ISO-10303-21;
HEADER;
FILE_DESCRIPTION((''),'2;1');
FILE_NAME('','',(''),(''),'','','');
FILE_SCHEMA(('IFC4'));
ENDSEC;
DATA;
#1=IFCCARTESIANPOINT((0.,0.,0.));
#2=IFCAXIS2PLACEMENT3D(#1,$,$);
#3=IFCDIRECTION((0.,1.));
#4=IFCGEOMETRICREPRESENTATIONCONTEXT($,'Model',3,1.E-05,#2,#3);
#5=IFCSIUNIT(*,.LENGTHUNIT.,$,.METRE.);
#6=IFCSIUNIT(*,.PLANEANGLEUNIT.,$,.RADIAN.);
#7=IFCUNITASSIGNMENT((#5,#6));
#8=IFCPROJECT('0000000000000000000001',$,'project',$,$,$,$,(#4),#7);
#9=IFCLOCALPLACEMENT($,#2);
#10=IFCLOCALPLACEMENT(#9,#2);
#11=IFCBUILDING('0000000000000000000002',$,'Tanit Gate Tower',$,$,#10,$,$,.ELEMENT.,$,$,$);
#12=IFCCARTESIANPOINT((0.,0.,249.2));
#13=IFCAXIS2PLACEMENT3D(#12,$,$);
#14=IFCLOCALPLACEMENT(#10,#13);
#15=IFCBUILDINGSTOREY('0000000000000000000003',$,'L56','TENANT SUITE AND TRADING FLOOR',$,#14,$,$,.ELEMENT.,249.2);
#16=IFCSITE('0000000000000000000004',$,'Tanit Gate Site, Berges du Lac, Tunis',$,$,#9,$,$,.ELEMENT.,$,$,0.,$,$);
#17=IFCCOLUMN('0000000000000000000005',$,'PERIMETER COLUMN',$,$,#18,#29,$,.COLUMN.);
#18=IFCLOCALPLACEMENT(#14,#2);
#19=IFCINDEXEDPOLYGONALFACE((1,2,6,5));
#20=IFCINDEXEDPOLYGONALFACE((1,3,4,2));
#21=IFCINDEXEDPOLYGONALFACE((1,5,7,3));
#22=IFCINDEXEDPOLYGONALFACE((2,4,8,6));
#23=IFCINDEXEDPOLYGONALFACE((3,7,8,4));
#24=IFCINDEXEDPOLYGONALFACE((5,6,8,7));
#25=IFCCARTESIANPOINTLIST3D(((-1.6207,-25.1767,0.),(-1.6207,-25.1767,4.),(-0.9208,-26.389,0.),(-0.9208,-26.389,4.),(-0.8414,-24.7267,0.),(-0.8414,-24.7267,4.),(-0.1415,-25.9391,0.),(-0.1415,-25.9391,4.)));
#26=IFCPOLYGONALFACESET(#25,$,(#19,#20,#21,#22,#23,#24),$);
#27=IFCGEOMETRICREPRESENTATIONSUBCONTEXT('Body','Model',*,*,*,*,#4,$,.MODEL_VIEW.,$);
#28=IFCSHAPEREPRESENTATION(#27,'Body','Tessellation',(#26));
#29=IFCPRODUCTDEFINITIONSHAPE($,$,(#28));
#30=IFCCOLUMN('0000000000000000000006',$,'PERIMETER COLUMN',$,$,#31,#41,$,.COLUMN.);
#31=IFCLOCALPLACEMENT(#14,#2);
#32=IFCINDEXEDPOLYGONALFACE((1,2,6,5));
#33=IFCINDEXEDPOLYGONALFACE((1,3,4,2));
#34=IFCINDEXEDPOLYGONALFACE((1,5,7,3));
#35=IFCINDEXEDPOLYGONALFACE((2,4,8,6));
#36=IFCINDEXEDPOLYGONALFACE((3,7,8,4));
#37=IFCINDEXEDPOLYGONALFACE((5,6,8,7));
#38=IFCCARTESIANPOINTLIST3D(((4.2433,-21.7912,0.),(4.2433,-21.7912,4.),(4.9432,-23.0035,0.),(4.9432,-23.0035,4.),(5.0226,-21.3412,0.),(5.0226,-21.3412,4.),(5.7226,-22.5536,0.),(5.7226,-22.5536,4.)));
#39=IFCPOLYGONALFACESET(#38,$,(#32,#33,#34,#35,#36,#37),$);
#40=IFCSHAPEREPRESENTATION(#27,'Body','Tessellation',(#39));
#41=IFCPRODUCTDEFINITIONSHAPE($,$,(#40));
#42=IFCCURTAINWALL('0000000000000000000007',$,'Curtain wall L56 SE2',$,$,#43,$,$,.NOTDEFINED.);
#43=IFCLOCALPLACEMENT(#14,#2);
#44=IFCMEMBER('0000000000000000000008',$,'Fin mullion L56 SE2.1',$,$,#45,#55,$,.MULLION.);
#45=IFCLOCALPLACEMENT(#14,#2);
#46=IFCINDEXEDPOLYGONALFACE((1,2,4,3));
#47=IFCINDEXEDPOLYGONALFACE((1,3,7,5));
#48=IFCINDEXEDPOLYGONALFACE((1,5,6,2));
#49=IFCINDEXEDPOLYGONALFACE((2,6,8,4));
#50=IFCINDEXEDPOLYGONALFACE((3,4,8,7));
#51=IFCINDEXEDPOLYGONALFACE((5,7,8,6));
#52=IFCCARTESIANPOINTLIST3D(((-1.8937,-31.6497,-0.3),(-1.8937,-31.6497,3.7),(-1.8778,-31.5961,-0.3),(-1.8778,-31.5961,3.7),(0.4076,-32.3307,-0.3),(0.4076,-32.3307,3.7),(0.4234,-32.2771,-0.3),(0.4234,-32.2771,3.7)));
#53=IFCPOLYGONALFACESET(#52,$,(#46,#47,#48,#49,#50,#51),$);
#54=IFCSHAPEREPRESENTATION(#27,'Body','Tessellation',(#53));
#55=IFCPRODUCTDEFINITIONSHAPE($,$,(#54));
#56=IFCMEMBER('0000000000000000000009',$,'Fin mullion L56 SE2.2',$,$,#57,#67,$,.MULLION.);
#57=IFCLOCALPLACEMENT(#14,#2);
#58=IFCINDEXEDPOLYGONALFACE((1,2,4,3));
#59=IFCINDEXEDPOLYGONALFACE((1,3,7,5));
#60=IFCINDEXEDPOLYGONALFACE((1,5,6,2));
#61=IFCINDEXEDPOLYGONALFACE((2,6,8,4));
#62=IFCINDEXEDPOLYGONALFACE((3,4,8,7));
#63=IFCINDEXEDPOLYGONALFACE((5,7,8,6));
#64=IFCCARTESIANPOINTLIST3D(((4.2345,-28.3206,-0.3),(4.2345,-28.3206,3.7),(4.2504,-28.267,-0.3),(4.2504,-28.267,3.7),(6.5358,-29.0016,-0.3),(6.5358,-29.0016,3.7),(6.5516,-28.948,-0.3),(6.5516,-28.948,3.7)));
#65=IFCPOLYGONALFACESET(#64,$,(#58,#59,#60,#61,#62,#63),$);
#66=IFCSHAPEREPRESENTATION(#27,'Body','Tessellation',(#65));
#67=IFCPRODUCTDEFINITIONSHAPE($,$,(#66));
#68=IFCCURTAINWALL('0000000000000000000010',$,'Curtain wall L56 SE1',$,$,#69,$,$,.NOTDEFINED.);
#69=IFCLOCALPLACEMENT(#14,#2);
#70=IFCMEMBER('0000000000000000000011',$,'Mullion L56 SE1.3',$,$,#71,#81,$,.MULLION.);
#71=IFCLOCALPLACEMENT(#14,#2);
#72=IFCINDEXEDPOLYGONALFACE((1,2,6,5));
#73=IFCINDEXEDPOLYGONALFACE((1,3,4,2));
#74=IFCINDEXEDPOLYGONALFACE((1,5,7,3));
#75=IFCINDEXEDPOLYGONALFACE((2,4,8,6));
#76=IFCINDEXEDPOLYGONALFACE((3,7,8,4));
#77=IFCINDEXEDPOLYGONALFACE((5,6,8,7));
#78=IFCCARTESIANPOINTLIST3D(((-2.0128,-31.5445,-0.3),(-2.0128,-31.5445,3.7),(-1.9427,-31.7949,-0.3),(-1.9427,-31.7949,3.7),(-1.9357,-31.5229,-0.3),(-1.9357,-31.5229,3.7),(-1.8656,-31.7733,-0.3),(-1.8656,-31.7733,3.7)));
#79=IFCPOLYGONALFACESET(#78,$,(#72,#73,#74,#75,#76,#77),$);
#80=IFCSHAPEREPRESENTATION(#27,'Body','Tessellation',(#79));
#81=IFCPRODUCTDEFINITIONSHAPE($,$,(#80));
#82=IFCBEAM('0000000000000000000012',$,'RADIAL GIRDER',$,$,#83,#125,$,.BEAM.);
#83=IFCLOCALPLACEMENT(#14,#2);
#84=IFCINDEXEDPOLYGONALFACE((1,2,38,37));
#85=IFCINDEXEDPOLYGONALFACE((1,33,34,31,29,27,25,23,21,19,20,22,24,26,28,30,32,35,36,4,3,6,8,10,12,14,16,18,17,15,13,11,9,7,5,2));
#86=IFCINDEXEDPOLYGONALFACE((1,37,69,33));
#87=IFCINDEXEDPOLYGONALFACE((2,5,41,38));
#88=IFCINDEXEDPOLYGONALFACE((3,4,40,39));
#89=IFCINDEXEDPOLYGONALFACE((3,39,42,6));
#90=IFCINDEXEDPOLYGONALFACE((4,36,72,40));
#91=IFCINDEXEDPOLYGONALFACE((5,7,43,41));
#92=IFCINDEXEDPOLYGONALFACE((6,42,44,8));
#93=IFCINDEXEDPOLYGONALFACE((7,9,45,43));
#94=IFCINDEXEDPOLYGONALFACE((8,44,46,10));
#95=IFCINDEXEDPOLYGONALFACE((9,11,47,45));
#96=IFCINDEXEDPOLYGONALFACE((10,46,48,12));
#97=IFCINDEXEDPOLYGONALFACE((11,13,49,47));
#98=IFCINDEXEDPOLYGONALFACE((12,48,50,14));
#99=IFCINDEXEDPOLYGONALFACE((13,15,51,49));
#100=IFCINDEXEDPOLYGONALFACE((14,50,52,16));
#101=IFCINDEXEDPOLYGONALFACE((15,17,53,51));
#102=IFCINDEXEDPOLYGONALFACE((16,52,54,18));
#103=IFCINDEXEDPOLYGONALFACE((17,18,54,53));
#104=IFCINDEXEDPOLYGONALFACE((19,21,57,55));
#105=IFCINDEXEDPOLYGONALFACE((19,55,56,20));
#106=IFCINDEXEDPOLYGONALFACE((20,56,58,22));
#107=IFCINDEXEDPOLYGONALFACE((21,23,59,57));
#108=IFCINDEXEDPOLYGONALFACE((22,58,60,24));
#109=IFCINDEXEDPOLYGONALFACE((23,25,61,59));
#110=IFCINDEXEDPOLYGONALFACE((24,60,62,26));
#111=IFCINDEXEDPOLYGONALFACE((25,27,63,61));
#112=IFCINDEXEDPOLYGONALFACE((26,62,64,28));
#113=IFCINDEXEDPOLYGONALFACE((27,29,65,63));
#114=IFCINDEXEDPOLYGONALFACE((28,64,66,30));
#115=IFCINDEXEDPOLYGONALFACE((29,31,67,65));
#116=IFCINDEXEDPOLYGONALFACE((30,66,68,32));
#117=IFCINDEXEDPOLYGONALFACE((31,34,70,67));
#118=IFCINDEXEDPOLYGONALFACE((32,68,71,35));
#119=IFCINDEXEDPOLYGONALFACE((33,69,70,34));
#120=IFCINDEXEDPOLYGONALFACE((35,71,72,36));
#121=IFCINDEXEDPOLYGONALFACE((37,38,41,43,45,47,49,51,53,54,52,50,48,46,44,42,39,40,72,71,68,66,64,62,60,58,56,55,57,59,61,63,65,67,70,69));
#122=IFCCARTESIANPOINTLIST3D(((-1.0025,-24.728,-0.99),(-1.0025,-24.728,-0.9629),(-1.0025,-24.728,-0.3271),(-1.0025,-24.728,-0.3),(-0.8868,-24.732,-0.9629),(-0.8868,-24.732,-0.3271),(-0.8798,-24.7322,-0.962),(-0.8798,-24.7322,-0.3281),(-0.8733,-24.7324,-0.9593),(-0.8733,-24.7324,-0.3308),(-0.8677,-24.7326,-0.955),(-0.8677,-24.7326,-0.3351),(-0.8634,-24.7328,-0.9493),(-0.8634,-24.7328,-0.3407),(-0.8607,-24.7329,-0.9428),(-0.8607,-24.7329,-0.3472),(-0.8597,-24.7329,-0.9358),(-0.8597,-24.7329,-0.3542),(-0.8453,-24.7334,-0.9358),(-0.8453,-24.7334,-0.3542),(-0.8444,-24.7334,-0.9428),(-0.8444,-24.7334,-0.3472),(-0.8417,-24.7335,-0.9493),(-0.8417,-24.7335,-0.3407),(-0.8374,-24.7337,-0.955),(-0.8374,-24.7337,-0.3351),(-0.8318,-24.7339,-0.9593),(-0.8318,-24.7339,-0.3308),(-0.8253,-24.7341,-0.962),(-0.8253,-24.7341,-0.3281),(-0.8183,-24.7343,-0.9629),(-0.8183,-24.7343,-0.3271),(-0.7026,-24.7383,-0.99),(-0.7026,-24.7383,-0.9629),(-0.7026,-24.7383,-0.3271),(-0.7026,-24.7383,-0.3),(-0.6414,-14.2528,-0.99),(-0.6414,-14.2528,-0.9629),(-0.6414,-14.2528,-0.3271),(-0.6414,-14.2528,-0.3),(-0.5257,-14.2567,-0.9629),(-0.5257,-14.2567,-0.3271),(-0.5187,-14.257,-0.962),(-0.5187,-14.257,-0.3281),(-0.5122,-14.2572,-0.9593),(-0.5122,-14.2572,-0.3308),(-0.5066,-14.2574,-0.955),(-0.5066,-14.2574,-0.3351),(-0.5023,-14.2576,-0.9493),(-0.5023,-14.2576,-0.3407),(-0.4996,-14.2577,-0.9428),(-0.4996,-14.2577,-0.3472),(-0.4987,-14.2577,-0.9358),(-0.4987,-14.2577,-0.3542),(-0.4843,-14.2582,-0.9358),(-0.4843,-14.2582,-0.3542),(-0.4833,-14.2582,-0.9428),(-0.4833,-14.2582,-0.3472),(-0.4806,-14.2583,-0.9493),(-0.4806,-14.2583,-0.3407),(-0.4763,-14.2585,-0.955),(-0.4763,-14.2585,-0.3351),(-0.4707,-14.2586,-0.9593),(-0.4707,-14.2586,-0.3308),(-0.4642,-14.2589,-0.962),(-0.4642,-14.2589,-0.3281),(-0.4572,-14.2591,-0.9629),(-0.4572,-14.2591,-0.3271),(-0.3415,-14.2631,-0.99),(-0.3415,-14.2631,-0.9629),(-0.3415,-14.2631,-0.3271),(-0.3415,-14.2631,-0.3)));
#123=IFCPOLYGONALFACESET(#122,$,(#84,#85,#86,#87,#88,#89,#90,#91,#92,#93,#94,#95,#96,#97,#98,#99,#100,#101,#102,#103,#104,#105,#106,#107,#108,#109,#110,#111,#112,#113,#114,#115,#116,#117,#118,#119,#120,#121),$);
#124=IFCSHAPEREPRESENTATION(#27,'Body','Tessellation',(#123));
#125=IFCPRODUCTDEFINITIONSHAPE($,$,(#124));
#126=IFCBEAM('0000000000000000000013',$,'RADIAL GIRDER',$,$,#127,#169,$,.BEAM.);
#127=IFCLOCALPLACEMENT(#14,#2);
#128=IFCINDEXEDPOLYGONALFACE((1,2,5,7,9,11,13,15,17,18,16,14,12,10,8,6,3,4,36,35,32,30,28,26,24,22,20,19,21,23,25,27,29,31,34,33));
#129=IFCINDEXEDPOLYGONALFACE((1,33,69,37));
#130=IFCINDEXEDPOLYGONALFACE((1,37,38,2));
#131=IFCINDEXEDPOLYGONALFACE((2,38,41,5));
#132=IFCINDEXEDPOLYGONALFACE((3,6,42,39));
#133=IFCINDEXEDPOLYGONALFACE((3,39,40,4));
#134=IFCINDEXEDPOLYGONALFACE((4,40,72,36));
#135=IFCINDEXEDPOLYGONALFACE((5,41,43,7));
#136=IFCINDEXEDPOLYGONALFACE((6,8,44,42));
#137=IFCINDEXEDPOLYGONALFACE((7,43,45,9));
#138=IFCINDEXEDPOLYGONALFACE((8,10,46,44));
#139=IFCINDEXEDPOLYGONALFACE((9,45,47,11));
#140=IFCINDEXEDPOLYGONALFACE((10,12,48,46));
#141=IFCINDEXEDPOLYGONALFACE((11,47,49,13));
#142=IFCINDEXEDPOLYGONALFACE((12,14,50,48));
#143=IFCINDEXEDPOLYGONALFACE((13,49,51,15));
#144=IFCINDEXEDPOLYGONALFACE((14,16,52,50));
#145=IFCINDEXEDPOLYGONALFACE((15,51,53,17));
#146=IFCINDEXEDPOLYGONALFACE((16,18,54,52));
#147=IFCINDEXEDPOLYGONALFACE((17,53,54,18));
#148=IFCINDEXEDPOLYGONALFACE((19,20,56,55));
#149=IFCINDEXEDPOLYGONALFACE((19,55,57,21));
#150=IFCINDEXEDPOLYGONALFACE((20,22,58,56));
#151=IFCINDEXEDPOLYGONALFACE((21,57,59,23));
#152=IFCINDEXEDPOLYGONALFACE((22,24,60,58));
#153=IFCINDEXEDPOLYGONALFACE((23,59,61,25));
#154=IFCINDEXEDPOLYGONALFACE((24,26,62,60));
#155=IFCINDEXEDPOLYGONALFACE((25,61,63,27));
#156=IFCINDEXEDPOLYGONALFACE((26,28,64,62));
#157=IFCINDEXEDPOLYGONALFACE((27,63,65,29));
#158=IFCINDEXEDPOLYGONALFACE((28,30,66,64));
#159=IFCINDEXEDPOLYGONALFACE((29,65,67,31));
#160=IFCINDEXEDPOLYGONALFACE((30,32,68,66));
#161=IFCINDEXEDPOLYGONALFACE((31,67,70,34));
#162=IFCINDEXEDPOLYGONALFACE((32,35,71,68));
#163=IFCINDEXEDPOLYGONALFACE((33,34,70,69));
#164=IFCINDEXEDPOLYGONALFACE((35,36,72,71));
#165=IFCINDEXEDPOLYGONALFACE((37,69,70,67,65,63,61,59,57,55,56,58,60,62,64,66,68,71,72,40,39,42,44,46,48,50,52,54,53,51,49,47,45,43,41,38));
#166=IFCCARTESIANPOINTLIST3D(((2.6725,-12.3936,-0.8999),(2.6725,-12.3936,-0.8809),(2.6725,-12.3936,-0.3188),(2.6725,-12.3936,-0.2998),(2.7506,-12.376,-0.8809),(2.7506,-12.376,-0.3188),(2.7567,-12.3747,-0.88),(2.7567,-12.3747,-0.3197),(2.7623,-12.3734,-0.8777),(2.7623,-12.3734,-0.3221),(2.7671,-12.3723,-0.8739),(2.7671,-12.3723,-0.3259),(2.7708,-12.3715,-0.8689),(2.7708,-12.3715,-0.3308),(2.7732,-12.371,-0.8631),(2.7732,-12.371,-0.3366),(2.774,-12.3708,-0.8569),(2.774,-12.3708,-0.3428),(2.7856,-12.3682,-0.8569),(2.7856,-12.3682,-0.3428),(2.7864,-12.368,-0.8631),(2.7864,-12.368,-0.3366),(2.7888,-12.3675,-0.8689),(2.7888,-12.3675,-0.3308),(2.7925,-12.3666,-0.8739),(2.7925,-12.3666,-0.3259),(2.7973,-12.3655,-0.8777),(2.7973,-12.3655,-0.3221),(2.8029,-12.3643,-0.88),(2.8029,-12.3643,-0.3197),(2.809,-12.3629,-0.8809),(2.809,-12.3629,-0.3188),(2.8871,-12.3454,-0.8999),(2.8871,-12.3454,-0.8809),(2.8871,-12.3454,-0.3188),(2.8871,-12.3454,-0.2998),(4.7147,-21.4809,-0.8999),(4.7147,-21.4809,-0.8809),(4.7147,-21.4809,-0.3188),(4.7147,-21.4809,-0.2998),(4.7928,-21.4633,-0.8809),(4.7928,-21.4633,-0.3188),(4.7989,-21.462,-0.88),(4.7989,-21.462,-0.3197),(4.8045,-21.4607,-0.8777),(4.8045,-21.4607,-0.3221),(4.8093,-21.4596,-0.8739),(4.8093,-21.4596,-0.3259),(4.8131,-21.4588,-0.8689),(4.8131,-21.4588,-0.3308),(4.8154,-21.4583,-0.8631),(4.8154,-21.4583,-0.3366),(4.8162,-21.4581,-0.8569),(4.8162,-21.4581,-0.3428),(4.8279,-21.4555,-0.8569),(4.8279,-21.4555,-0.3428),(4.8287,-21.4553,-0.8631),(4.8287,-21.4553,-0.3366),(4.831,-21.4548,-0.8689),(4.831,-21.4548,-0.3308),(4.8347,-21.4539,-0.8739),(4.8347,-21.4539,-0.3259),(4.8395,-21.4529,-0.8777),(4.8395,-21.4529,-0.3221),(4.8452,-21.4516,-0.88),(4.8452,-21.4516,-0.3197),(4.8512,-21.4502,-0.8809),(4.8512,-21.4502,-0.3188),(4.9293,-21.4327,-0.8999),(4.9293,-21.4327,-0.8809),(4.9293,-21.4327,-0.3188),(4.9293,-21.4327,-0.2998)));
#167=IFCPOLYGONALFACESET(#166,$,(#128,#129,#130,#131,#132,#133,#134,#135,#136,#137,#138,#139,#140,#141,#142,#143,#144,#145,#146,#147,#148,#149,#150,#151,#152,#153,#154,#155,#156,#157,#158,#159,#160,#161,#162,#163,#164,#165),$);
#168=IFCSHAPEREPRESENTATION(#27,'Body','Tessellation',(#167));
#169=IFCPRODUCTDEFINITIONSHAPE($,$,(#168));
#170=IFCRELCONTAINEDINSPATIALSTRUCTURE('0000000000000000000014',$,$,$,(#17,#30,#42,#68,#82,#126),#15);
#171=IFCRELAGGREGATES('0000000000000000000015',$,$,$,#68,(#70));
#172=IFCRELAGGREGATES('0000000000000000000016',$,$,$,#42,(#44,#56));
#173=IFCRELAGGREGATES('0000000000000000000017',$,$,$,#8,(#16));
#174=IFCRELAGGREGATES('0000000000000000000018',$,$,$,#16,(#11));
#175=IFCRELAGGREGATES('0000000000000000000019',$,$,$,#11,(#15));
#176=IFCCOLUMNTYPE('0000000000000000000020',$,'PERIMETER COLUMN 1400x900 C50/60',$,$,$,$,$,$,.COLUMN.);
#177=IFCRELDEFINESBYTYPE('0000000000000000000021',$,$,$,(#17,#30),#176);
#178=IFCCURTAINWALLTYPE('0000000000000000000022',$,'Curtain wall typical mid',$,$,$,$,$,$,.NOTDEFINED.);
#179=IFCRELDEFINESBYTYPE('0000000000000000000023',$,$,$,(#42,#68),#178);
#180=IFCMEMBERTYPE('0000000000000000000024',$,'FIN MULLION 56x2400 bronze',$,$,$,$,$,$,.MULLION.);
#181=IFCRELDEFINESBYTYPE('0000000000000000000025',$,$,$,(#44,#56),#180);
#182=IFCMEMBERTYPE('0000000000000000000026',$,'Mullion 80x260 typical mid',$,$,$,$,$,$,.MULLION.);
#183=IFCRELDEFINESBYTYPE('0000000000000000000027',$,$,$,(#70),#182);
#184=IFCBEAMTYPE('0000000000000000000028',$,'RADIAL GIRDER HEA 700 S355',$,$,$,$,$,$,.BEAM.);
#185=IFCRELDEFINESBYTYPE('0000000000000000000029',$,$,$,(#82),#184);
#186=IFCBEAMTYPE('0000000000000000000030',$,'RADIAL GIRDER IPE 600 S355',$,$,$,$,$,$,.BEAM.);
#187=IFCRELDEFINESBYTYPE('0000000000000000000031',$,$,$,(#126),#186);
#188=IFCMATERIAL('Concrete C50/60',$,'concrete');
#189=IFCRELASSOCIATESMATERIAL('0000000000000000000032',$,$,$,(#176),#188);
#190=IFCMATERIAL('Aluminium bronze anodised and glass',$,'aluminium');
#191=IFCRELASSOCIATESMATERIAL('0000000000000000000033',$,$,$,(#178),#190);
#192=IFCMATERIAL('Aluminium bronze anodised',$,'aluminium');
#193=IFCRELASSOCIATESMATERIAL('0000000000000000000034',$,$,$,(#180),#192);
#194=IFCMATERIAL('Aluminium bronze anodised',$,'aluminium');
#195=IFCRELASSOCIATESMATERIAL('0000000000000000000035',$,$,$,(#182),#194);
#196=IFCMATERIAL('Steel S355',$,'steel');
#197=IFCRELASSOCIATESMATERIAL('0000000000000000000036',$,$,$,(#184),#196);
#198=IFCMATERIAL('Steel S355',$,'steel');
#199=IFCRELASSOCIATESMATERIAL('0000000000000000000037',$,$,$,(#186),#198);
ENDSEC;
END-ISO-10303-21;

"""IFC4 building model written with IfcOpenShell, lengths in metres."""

from ifc_helpers import new_model, si_unit, direction, frame, origin, origin_2d, place, context, subcontext, project, spatial, rectangle, i_section, extrude, material, material_profile, profile_set, type_object, element, aggregate, save


model = new_model("IFC4")

# Units and contexts
model_context = context("Model", 3, precision=1e-05, world=origin(), true_north=direction((0.0, 1.0)))
body_context = subcontext(model_context, "Body", "Model", "MODEL_VIEW")
ifc_project = project(units=[si_unit("LENGTHUNIT", "METRE"), si_unit("PLANEANGLEUNIT", "RADIAN")], contexts=[model_context])

# Site, building, storey
site_placement = place(None, origin())
site = spatial("IfcSite", under=ifc_project, at=site_placement, Name="Tanit Gate Site, Berges du Lac, Tunis", CompositionType="ELEMENT", RefElevation=0.0)
building_placement = place(site_placement, origin())
building = spatial("IfcBuilding", under=site, at=building_placement, Name="Tanit Gate Tower", CompositionType="ELEMENT")
storey_placement = place(building_placement, frame((0.0, 0.0, 249.2)))
storey = spatial("IfcBuildingStorey", under=building, at=storey_placement, Name="L56", Description="TENANT SUITE AND TRADING FLOOR", CompositionType="ELEMENT", Elevation=249.2)

# Columns
ifc_material_1 = material(Name="Concrete C50/60", Category="concrete")
ifc_material_profile_1 = material_profile(ifc_material_1, rectangle(XDim=1.3999, YDim=0.8999, at=origin_2d()), Name="RC 1400x900")
ifc_profile_set_1 = profile_set([ifc_material_profile_1], Name="Concrete C50/60")
column_type = type_object("IfcColumnType", Name="PERIMETER COLUMN 1400x900 C50/60", PredefinedType="COLUMN", material=ifc_profile_set_1)
for number, where, z_axis, x_axis, name in (
    (1, (-0.8811, -25.5579, 0.0), (0.0, 0.0, 1.0), (0.5, -0.866025, 0.0), "PERIMETER COLUMN"),
    (2, (4.9829, -22.1724, 0.0), (0.0, 0.0, 1.0), (0.5, -0.866025, 0.0), "PERIMETER COLUMN"),
):
    element("IfcColumn", number, at=place(storey_placement, frame(where, z_axis=z_axis, x_axis=x_axis)), inside=storey, type_object=column_type, Name=name, PredefinedType="COLUMN", context=body_context, shape_type="SweptSolid", body=[
        extrude(rectangle(XDim=1.3999, YDim=0.8999, at=origin_2d()), origin(), (0.0, 0.0, 1.0), 4.0),
    ])

# Curtain wall, members
ifc_material_2 = material(Name="Aluminium bronze anodised and glass", Category="aluminium")
curtain_wall_type = type_object("IfcCurtainWallType", Name="Curtain wall typical mid", PredefinedType="NOTDEFINED", material=ifc_material_2)
curtain_wall_1_placement = place(storey_placement, origin())
curtain_wall_1 = element("IfcCurtainWall", 3, at=curtain_wall_1_placement, inside=storey, type_object=curtain_wall_type, Name="Curtain wall L56 SE2", PredefinedType="NOTDEFINED")
ifc_material_3 = material(Name="Aluminium bronze anodised", Category="aluminium")
ifc_material_profile_2 = material_profile(ifc_material_3, rectangle(XDim=2.3999, YDim=0.0559, at=origin_2d()), Name="56x2400 bronze fin mullion")
ifc_profile_set_2 = profile_set([ifc_material_profile_2], Name="Aluminium bronze anodised")
member_type_1 = type_object("IfcMemberType", Name="FIN MULLION 56x2400 bronze", PredefinedType="MULLION", material=ifc_profile_set_2)
member_1_placement = place(storey_placement, frame((-0.7351, -31.9634, -0.3), z_axis=(0.0, 0.0, 1.0), x_axis=(-0.958892, 0.283773, 0.0)))
member_1 = element("IfcMember", 4, at=member_1_placement, type_object=member_type_1, Name="Fin mullion L56 SE2.1", PredefinedType="MULLION", context=body_context, shape_type="SweptSolid", body=[
    extrude(rectangle(XDim=2.3999, YDim=0.0559, at=origin_2d()), origin(), (0.0, 0.0, 1.0), 4.0),
])
member_2_placement = place(storey_placement, frame((5.3931, -28.6343, -0.3), z_axis=(0.0, 0.0, 1.0), x_axis=(-0.958892, 0.283773, 0.0)))
member_2 = element("IfcMember", 5, at=member_2_placement, type_object=member_type_1, Name="Fin mullion L56 SE2.2", PredefinedType="MULLION", context=body_context, shape_type="SweptSolid", body=[
    extrude(rectangle(XDim=2.3999, YDim=0.0559, at=origin_2d()), origin(), (0.0, 0.0, 1.0), 4.0),
])

# Curtain wall, member
curtain_wall_2_placement = place(storey_placement, origin())
curtain_wall_2 = element("IfcCurtainWall", 6, at=curtain_wall_2_placement, inside=storey, type_object=curtain_wall_type, Name="Curtain wall L56 SE1", PredefinedType="NOTDEFINED")
ifc_material_4 = material(Name="Aluminium bronze anodised", Category="aluminium")
ifc_material_profile_3 = material_profile(ifc_material_4, rectangle(XDim=0.26, YDim=0.0801, at=origin_2d()), Name="80x260 bronze mullion")
ifc_profile_set_3 = profile_set([ifc_material_profile_3], Name="Aluminium bronze anodised")
member_type_2 = type_object("IfcMemberType", Name="Mullion 80x260 typical mid", PredefinedType="MULLION", material=ifc_profile_set_3)
member_3_placement = place(storey_placement, frame((-1.9392, -31.6589, -0.3), z_axis=(0.0, 0.0, 1.0), x_axis=(-0.269632, 0.962964, 0.0)))
member_3 = element("IfcMember", 7, at=member_3_placement, type_object=member_type_2, Name="Mullion L56 SE1.3", PredefinedType="MULLION", context=body_context, shape_type="SweptSolid", body=[
    extrude(rectangle(XDim=0.26, YDim=0.0801, at=origin_2d()), origin(), (0.0, 0.0, 1.0), 4.0),
])
aggregate(curtain_wall_2, [member_3])

# Beams
ifc_material_5 = material(Name="Steel S355", Category="steel")
ifc_material_profile_4 = material_profile(ifc_material_5, i_section(OverallWidth=0.3, OverallDepth=0.6899, WebThickness=0.0144, FlangeThickness=0.0271, FilletRadius=0.0271, at=origin_2d()), Name="HEA 700")
ifc_profile_set_4 = profile_set([ifc_material_profile_4], Name="Steel S355")
beam_type_1 = type_object("IfcBeamType", Name="RADIAL GIRDER HEA 700 S355", PredefinedType="BEAM", material=ifc_profile_set_4)
beam_1_placement = place(storey_placement, frame((-0.8525, -24.7332, -0.645), z_axis=(0.034449, 0.999406, 0.0), x_axis=(-0.999406, 0.034449, 0.0)))
element("IfcBeam", 8, at=beam_1_placement, inside=storey, type_object=beam_type_1, Name="RADIAL GIRDER", PredefinedType="BEAM", context=body_context, shape_type="SweptSolid", body=[
    extrude(i_section(OverallWidth=0.3, OverallDepth=0.6899, WebThickness=0.0144, FlangeThickness=0.0271, FilletRadius=0.0271, at=origin_2d()), origin(), (0.0, 0.0, 1.0), 10.4814),
])
ifc_material_6 = material(Name="Steel S355", Category="steel")
ifc_material_profile_5 = material_profile(ifc_material_6, i_section(OverallWidth=0.22, OverallDepth=0.6001, WebThickness=0.012, FlangeThickness=0.019, FilletRadius=0.0239, at=origin_2d()), Name="IPE 600")
ifc_profile_set_5 = profile_set([ifc_material_profile_5], Name="Steel S355")
beam_type_2 = type_object("IfcBeamType", Name="RADIAL GIRDER IPE 600 S355", PredefinedType="BEAM", material=ifc_profile_set_5)
beam_2_placement = place(storey_placement, frame((4.822, -21.4568, -0.5999), z_axis=(-0.219264, 0.975666, 0.0), x_axis=(-0.975666, -0.219264, 0.0)))
element("IfcBeam", 9, at=beam_2_placement, inside=storey, type_object=beam_type_2, Name="RADIAL GIRDER", PredefinedType="BEAM", context=body_context, shape_type="SweptSolid", body=[
    extrude(i_section(OverallWidth=0.22, OverallDepth=0.6001, WebThickness=0.012, FlangeThickness=0.019, FilletRadius=0.0239, at=origin_2d()), origin(), (0.0, 0.0, 1.0), 9.314),
])

aggregate(curtain_wall_1, [member_1, member_2])

save(model, "model.ifc")
